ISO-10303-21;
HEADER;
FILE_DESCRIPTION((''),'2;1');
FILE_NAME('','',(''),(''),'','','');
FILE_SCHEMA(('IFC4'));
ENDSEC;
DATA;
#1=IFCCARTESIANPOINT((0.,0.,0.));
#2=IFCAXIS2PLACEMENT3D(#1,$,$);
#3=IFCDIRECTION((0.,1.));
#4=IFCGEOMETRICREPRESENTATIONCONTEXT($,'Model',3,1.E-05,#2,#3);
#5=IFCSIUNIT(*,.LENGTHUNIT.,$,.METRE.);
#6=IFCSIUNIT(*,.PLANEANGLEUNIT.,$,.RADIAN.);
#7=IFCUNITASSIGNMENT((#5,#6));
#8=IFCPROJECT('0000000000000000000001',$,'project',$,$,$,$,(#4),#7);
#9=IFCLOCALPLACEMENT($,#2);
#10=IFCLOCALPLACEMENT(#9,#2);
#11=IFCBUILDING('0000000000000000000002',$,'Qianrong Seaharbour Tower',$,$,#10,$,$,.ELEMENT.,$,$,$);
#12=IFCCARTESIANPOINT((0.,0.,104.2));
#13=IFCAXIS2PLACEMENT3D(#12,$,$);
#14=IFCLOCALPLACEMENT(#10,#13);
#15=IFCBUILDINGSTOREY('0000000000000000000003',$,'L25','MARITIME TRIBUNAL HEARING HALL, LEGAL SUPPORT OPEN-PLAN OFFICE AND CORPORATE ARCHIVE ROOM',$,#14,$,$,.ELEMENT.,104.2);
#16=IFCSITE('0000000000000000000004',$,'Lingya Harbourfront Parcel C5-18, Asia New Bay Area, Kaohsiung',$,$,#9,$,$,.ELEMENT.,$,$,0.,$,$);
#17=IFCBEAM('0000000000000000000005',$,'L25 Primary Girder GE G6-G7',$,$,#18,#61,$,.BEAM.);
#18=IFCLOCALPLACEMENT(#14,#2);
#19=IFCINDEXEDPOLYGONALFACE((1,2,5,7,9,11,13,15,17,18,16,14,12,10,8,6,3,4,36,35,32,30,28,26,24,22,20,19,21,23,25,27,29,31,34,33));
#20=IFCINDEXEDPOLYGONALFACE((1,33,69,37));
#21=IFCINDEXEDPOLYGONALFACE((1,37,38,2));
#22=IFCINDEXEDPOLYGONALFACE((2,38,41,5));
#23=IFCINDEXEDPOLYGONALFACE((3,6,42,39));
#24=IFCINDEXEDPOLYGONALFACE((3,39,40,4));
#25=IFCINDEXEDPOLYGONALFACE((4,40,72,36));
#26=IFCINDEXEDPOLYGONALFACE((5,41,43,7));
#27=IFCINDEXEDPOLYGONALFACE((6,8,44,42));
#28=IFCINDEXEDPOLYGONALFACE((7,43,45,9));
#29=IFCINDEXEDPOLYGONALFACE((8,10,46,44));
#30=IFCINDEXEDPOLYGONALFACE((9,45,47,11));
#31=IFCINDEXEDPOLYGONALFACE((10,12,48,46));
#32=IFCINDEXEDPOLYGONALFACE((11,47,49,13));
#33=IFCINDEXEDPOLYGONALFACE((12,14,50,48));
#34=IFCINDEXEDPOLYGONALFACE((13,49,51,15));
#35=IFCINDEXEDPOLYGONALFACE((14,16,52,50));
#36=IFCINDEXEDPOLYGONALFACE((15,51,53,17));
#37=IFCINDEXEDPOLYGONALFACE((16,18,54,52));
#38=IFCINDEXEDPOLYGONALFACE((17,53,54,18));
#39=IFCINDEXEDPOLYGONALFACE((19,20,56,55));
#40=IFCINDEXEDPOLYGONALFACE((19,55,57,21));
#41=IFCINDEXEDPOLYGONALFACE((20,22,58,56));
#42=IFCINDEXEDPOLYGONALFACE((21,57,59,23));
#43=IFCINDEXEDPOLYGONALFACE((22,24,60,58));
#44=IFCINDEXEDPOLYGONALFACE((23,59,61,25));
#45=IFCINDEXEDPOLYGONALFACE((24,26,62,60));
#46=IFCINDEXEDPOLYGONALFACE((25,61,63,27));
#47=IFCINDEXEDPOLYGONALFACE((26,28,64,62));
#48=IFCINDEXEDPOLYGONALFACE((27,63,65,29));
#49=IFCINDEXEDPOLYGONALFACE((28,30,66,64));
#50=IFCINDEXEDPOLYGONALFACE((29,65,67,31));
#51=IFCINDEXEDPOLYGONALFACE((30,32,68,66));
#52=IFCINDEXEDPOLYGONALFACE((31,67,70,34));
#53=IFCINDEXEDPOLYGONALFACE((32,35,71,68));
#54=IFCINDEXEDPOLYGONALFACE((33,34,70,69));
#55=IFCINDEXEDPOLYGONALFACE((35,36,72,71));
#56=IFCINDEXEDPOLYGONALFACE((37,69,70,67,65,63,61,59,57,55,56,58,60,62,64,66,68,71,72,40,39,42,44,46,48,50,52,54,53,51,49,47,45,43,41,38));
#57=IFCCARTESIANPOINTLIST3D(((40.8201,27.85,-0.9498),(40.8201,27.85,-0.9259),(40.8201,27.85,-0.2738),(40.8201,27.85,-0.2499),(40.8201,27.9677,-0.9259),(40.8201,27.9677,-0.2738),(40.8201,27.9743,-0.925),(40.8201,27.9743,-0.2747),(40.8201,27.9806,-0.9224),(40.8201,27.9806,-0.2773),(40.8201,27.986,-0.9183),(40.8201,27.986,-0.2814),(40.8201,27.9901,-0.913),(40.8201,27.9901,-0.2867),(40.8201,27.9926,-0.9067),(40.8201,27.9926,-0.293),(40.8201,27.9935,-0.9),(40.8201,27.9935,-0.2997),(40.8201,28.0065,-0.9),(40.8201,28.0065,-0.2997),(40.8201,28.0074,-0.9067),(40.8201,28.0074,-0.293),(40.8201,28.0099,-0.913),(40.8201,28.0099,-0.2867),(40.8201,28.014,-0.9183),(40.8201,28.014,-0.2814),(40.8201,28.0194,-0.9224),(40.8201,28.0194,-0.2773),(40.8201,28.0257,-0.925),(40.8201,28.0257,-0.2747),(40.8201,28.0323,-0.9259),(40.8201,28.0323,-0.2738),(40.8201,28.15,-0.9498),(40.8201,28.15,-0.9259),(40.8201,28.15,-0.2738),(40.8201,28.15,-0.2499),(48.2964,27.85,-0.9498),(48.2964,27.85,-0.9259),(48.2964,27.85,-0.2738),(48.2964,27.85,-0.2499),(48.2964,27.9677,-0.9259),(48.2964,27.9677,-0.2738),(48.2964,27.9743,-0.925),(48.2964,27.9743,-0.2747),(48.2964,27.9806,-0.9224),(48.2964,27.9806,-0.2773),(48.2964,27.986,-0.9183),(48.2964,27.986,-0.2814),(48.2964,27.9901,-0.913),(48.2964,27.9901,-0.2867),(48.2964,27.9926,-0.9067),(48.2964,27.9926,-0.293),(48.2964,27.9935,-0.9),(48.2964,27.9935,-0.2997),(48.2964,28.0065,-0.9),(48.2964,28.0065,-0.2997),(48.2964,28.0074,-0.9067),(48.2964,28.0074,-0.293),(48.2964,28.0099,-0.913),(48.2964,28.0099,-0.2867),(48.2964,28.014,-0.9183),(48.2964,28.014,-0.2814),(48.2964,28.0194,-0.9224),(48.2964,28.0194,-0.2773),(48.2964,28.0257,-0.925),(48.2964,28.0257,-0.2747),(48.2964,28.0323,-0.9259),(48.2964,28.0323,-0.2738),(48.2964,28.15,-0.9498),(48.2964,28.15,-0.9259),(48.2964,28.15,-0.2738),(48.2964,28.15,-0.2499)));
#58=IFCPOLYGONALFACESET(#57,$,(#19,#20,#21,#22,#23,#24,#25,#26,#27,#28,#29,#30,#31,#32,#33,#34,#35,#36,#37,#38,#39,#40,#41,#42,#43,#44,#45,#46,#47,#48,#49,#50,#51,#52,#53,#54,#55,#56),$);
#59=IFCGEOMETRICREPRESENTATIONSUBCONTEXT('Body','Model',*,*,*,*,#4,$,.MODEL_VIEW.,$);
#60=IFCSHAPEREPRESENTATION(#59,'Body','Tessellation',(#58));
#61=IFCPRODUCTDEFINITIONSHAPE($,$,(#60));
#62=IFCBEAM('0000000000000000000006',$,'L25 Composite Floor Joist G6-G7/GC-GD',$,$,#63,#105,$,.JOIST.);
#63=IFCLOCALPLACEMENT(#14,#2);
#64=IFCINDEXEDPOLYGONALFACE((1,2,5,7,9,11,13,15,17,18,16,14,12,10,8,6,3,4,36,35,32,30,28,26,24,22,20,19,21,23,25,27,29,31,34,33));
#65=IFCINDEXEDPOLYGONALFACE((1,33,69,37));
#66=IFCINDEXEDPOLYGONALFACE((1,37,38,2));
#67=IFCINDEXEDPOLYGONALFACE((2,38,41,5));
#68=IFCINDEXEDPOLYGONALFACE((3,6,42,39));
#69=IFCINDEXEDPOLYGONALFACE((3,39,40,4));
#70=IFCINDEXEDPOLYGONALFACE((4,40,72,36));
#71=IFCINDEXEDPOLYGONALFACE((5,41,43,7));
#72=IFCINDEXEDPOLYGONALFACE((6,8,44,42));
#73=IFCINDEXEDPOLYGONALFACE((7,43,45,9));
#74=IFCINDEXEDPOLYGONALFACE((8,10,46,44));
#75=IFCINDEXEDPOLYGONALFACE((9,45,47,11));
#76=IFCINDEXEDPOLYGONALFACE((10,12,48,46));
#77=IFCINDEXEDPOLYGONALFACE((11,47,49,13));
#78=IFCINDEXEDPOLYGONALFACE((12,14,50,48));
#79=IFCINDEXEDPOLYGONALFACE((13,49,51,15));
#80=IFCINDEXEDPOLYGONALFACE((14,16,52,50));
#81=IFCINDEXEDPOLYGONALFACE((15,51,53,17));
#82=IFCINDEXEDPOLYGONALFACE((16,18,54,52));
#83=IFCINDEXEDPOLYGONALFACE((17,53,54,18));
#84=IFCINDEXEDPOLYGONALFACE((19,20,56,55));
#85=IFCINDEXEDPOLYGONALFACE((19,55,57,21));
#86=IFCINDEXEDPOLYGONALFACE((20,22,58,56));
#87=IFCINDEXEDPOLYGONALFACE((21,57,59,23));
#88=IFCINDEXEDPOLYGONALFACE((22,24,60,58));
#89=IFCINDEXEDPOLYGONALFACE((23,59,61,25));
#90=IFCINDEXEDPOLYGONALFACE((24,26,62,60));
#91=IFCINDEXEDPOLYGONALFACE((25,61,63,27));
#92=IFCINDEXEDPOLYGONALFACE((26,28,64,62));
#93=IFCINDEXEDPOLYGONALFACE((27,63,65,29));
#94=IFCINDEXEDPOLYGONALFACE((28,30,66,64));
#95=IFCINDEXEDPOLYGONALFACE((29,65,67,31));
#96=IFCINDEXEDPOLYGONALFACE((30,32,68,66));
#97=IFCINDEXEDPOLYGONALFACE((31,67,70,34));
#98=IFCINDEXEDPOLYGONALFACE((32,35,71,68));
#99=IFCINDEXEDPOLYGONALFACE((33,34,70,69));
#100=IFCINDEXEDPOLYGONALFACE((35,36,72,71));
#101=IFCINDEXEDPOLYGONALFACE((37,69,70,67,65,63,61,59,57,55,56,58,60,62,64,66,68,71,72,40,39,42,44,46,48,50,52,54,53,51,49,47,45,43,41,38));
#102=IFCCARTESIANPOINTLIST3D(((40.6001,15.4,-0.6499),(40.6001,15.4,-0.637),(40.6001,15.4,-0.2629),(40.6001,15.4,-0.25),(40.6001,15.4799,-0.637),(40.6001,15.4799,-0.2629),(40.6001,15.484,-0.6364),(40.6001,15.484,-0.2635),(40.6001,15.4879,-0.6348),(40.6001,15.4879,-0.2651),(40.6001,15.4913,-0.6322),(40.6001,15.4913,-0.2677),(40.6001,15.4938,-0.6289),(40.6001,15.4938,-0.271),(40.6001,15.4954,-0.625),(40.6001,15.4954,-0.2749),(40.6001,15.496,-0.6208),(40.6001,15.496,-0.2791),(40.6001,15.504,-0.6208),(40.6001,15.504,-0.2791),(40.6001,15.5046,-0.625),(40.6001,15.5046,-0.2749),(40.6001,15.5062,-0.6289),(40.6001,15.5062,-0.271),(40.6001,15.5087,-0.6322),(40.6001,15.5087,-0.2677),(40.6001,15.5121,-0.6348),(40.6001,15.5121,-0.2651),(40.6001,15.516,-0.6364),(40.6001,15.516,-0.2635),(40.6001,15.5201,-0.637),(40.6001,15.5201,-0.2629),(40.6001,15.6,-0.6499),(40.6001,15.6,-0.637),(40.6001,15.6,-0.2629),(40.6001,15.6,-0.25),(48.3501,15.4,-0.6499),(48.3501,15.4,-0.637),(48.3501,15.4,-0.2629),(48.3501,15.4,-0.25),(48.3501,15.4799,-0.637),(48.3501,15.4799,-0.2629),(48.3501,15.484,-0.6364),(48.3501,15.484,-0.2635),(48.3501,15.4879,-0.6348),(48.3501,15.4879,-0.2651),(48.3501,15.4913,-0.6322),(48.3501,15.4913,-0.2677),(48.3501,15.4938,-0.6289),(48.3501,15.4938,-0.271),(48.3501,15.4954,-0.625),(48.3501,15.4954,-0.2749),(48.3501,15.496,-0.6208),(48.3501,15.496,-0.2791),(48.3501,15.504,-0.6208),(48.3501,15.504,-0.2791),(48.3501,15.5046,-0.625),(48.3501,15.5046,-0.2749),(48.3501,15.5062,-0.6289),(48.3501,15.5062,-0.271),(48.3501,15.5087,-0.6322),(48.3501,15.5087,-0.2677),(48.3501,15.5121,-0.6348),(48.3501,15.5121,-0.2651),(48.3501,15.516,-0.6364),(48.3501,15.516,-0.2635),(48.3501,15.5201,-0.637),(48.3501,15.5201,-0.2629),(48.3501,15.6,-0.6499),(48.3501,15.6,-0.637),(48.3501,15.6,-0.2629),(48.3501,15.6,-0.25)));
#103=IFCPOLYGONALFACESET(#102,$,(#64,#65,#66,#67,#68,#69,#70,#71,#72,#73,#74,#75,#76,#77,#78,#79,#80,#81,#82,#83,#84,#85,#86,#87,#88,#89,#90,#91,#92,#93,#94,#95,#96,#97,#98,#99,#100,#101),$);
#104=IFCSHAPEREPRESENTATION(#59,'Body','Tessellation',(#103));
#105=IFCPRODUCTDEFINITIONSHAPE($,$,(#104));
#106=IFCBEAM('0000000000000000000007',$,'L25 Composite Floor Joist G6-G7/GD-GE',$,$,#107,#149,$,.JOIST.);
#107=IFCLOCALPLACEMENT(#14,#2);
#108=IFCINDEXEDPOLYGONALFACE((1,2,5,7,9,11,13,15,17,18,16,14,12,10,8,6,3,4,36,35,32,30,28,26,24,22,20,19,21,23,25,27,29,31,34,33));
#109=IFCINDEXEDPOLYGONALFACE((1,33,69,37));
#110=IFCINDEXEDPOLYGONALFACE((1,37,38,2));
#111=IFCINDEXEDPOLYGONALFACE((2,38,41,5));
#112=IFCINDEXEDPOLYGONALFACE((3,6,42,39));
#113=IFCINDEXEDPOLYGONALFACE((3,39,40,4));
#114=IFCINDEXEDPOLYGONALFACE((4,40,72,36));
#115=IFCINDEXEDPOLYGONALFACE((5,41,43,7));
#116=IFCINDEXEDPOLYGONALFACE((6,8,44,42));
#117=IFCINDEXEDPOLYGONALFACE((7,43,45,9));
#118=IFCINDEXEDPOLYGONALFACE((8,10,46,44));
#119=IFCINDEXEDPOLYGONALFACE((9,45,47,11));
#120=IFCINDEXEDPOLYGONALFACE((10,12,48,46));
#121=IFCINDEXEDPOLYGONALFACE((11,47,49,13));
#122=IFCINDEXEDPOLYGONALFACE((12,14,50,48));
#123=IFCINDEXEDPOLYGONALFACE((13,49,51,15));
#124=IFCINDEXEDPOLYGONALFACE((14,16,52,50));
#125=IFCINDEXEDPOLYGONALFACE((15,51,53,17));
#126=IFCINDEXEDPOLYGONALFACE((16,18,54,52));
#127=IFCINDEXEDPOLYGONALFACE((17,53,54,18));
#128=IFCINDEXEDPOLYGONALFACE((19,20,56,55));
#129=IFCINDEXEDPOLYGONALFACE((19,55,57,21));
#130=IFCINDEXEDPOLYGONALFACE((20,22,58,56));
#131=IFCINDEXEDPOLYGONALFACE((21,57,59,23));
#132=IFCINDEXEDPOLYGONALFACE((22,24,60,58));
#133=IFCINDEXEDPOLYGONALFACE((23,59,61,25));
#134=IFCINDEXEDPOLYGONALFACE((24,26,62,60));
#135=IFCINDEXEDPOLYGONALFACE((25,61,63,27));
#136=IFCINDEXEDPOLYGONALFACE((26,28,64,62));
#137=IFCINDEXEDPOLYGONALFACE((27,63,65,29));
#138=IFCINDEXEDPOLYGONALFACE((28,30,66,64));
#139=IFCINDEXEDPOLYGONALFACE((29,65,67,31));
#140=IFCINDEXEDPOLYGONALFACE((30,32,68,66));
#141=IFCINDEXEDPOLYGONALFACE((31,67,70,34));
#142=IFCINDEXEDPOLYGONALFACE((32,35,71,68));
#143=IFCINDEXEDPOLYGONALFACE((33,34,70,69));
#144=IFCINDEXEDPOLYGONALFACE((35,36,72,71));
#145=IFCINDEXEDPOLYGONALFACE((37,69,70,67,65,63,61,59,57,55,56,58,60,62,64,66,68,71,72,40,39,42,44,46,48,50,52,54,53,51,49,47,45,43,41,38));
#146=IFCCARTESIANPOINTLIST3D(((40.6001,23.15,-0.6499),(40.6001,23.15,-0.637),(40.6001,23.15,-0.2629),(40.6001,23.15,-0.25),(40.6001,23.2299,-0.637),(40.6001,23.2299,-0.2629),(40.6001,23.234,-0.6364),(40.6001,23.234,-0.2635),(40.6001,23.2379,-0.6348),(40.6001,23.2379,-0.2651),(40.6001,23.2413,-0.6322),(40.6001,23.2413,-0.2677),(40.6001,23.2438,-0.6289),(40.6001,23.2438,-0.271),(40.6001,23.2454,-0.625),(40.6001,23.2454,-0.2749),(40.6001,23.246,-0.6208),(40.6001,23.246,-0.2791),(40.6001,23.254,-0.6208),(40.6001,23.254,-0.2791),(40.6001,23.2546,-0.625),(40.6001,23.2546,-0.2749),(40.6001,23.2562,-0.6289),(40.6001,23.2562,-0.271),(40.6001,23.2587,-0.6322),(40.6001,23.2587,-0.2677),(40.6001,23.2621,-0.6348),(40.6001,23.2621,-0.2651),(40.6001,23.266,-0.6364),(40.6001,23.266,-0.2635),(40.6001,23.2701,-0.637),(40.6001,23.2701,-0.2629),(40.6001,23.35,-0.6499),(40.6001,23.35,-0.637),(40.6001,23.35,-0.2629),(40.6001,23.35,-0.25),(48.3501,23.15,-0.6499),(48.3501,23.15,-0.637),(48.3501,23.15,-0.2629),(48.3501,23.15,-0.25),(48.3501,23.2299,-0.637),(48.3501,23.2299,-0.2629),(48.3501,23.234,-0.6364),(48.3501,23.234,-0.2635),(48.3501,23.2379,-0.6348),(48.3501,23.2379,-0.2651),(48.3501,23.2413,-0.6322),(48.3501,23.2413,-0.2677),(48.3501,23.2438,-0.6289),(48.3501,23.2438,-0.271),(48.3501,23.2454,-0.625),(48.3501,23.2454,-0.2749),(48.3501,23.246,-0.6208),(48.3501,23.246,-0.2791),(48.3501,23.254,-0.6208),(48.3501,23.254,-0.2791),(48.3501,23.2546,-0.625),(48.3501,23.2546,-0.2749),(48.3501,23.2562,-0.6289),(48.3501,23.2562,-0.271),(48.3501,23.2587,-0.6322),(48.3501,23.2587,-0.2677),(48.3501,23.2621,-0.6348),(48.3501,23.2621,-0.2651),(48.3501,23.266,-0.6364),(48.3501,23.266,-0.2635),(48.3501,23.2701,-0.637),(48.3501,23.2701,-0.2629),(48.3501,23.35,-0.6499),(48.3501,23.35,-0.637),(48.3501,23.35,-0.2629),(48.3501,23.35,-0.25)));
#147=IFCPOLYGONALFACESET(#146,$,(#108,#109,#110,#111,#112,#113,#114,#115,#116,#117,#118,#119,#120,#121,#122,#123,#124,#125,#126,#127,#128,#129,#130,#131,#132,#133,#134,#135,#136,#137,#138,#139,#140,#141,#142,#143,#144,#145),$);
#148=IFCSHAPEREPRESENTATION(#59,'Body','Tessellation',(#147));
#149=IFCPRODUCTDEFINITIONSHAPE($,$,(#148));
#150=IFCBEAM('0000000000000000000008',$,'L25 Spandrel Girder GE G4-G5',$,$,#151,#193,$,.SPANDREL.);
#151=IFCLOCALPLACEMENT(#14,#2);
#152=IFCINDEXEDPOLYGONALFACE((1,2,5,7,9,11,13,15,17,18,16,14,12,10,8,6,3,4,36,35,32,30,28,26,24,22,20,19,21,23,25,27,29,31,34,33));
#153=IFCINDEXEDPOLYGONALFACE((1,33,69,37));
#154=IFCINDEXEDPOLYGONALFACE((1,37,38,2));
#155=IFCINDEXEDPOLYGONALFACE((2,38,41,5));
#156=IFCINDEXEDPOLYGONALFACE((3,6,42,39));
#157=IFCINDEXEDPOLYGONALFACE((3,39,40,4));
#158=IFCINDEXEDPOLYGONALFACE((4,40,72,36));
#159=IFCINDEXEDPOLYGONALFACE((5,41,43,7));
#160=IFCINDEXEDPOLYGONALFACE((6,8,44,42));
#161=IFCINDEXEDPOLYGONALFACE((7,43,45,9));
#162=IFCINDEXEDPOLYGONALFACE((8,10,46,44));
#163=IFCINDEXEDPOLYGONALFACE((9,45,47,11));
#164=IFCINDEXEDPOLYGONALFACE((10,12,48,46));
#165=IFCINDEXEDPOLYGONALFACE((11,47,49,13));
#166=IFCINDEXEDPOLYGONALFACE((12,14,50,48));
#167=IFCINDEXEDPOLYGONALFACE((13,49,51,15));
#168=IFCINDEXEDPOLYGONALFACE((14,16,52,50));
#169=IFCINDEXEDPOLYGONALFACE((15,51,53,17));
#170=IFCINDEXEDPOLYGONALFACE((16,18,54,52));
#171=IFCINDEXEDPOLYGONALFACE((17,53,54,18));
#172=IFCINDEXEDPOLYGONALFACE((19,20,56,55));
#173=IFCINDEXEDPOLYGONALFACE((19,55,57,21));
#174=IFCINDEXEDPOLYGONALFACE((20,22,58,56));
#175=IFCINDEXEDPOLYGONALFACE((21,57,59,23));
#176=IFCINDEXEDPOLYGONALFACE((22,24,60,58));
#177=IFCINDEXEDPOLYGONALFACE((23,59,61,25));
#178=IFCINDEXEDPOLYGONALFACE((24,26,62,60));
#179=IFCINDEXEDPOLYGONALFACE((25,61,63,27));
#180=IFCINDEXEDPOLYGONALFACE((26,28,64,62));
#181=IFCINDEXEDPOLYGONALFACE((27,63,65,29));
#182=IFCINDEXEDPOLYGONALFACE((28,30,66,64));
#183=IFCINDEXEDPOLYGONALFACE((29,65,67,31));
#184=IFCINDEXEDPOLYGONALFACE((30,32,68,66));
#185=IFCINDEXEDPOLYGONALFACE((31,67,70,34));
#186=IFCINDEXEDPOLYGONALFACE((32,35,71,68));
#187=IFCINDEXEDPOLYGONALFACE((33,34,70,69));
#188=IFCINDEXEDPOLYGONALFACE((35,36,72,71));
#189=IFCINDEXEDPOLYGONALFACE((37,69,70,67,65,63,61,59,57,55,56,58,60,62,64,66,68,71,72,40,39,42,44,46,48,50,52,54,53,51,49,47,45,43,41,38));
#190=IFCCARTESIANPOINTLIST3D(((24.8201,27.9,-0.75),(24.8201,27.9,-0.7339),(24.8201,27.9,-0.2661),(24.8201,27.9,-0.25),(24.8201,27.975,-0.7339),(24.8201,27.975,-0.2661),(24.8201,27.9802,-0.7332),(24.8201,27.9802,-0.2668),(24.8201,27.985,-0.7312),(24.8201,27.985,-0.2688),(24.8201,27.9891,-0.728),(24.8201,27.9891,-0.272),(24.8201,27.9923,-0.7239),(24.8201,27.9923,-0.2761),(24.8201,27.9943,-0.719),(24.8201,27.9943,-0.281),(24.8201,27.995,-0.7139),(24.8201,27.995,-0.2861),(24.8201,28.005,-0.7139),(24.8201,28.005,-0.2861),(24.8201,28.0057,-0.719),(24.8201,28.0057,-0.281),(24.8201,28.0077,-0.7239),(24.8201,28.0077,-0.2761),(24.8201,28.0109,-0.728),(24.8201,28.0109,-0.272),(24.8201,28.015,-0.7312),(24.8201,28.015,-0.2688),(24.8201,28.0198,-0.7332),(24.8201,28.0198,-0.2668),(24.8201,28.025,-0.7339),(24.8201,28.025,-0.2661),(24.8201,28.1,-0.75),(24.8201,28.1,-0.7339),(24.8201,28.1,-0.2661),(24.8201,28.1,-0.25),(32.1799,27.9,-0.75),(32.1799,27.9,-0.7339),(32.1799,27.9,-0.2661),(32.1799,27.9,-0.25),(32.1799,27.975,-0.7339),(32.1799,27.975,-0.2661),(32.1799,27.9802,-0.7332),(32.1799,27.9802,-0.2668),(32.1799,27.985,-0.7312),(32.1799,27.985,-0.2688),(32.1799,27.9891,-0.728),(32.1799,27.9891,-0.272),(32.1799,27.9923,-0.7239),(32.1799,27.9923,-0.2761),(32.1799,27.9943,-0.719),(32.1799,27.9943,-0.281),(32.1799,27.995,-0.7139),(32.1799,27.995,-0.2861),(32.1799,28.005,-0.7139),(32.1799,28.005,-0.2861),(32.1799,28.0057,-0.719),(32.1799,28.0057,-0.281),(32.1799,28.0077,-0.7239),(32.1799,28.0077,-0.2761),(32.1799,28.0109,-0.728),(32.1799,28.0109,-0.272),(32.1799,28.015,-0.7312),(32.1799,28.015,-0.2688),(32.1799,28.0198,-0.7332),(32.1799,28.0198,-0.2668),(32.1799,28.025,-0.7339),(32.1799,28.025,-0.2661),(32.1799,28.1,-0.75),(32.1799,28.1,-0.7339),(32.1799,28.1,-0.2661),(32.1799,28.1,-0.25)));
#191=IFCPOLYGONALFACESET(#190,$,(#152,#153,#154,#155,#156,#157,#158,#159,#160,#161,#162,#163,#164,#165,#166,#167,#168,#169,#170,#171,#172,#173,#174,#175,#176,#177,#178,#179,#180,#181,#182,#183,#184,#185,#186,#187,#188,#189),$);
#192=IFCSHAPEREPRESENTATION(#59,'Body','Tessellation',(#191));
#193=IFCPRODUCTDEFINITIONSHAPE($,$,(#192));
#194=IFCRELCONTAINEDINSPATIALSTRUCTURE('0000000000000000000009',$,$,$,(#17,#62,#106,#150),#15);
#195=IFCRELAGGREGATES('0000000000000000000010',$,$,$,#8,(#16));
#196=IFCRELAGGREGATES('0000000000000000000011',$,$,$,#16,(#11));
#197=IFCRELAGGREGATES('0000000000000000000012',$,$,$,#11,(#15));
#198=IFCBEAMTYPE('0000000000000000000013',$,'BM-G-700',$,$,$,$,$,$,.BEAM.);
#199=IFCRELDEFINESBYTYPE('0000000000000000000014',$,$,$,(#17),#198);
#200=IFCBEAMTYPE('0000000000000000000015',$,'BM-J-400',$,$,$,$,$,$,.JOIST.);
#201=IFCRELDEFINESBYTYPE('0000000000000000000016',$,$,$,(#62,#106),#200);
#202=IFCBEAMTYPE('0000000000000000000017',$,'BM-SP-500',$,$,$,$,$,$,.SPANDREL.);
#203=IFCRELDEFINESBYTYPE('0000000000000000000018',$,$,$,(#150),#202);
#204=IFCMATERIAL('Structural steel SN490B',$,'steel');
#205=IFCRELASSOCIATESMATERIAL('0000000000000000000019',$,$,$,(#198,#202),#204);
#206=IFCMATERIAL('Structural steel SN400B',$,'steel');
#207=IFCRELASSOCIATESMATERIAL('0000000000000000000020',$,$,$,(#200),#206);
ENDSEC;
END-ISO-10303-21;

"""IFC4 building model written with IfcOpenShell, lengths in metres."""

from ifc_helpers import new_model, si_unit, direction, frame, origin, origin_2d, place, context, subcontext, project, spatial, i_section, extrude, material, material_profile, profile_set, type_object, element, save


model = new_model("IFC4")

# Units and contexts
model_context = context("Model", 3, precision=1e-05, world=origin(), true_north=direction((0.0, 1.0)))
body_context = subcontext(model_context, "Body", "Model", "MODEL_VIEW")
ifc_project = project(units=[si_unit("LENGTHUNIT", "METRE"), si_unit("PLANEANGLEUNIT", "RADIAN")], contexts=[model_context])

# Site, building, storey
site_placement = place(None, origin())
site = spatial("IfcSite", under=ifc_project, at=site_placement, Name="Lingya Harbourfront Parcel C5-18, Asia New Bay Area, Kaohsiung", CompositionType="ELEMENT", RefElevation=0.0)
building_placement = place(site_placement, origin())
building = spatial("IfcBuilding", under=site, at=building_placement, Name="Qianrong Seaharbour Tower", CompositionType="ELEMENT")
storey_placement = place(building_placement, frame((0.0, 0.0, 104.2)))
storey = spatial("IfcBuildingStorey", under=building, at=storey_placement, Name="L25", Description="MARITIME TRIBUNAL HEARING HALL, LEGAL SUPPORT OPEN-PLAN OFFICE AND CORPORATE ARCHIVE ROOM", CompositionType="ELEMENT", Elevation=104.2)

# Shared definitions
ifc_material_1 = material(Name="Structural steel SN490B", Category="steel")

# Beams
ifc_material_profile_1 = material_profile(ifc_material_1, i_section(OverallWidth=0.3, OverallDepth=0.7, WebThickness=0.0129, FlangeThickness=0.0239, FilletRadius=0.0259, at=origin_2d()), Name="H700x300x13x24")
ifc_profile_set_1 = profile_set([ifc_material_profile_1], Name="Structural steel SN490B")
beam_type_1 = type_object("IfcBeamType", Name="BM-G-700", PredefinedType="BEAM", material=ifc_profile_set_1)
for number, where, z_axis, x_axis, name in (
    (1, (40.8201, 28.0, -0.5999), (1.0, 0.0, 0.0), (0.0, 1.0, 0.0), "L25 Primary Girder GE G6-G7"),
):
    element("IfcBeam", number, at=place(storey_placement, frame(where, z_axis=z_axis, x_axis=x_axis)), inside=storey, type_object=beam_type_1, Name=name, PredefinedType="BEAM", context=body_context, shape_type="SweptSolid", body=[
        extrude(i_section(OverallWidth=0.3, OverallDepth=0.7, WebThickness=0.0129, FlangeThickness=0.0239, FilletRadius=0.0259, at=origin_2d()), origin(), (0.0, 0.0, 1.0), 7.4763),
    ])
ifc_material_2 = material(Name="Structural steel SN400B", Category="steel")
ifc_material_profile_2 = material_profile(ifc_material_2, i_section(OverallWidth=0.2, OverallDepth=0.3999, WebThickness=0.0081, FlangeThickness=0.0129, FilletRadius=0.0161, at=origin_2d()), Name="H400x200x8x13")
ifc_profile_set_2 = profile_set([ifc_material_profile_2], Name="Structural steel SN400B")
beam_type_2 = type_object("IfcBeamType", Name="BM-J-400", PredefinedType="JOIST", material=ifc_profile_set_2)
for number, where, z_axis, x_axis, name in (
    (2, (40.6001, 15.5, -0.45), (1.0, 0.0, 0.0), (0.0, 1.0, 0.0), "L25 Composite Floor Joist G6-G7/GC-GD"),
    (3, (40.6001, 23.25, -0.45), (1.0, 0.0, 0.0), (0.0, 1.0, 0.0), "L25 Composite Floor Joist G6-G7/GD-GE"),
):
    element("IfcBeam", number, at=place(storey_placement, frame(where, z_axis=z_axis, x_axis=x_axis)), inside=storey, type_object=beam_type_2, Name=name, PredefinedType="JOIST", context=body_context, shape_type="SweptSolid", body=[
        extrude(i_section(OverallWidth=0.2, OverallDepth=0.3999, WebThickness=0.0081, FlangeThickness=0.0129, FilletRadius=0.0161, at=origin_2d()), origin(), (0.0, 0.0, 1.0), 7.75),
    ])
ifc_material_profile_3 = material_profile(ifc_material_1, i_section(OverallWidth=0.2, OverallDepth=0.5, WebThickness=0.01, FlangeThickness=0.0161, FilletRadius=0.02, at=origin_2d()), Name="H500x200x10x16")
ifc_profile_set_3 = profile_set([ifc_material_profile_3], Name="Structural steel SN490B")
beam_type_3 = type_object("IfcBeamType", Name="BM-SP-500", PredefinedType="SPANDREL", material=ifc_profile_set_3)
for number, where, z_axis, x_axis, name in (
    (4, (24.8201, 28.0, -0.5), (1.0, 0.0, 0.0), (0.0, 1.0, 0.0), "L25 Spandrel Girder GE G4-G5"),
):
    element("IfcBeam", number, at=place(storey_placement, frame(where, z_axis=z_axis, x_axis=x_axis)), inside=storey, type_object=beam_type_3, Name=name, PredefinedType="SPANDREL", context=body_context, shape_type="SweptSolid", body=[
        extrude(i_section(OverallWidth=0.2, OverallDepth=0.5, WebThickness=0.01, FlangeThickness=0.0161, FilletRadius=0.02, at=origin_2d()), origin(), (0.0, 0.0, 1.0), 7.3599),
    ])

save(model, "model.ifc")
